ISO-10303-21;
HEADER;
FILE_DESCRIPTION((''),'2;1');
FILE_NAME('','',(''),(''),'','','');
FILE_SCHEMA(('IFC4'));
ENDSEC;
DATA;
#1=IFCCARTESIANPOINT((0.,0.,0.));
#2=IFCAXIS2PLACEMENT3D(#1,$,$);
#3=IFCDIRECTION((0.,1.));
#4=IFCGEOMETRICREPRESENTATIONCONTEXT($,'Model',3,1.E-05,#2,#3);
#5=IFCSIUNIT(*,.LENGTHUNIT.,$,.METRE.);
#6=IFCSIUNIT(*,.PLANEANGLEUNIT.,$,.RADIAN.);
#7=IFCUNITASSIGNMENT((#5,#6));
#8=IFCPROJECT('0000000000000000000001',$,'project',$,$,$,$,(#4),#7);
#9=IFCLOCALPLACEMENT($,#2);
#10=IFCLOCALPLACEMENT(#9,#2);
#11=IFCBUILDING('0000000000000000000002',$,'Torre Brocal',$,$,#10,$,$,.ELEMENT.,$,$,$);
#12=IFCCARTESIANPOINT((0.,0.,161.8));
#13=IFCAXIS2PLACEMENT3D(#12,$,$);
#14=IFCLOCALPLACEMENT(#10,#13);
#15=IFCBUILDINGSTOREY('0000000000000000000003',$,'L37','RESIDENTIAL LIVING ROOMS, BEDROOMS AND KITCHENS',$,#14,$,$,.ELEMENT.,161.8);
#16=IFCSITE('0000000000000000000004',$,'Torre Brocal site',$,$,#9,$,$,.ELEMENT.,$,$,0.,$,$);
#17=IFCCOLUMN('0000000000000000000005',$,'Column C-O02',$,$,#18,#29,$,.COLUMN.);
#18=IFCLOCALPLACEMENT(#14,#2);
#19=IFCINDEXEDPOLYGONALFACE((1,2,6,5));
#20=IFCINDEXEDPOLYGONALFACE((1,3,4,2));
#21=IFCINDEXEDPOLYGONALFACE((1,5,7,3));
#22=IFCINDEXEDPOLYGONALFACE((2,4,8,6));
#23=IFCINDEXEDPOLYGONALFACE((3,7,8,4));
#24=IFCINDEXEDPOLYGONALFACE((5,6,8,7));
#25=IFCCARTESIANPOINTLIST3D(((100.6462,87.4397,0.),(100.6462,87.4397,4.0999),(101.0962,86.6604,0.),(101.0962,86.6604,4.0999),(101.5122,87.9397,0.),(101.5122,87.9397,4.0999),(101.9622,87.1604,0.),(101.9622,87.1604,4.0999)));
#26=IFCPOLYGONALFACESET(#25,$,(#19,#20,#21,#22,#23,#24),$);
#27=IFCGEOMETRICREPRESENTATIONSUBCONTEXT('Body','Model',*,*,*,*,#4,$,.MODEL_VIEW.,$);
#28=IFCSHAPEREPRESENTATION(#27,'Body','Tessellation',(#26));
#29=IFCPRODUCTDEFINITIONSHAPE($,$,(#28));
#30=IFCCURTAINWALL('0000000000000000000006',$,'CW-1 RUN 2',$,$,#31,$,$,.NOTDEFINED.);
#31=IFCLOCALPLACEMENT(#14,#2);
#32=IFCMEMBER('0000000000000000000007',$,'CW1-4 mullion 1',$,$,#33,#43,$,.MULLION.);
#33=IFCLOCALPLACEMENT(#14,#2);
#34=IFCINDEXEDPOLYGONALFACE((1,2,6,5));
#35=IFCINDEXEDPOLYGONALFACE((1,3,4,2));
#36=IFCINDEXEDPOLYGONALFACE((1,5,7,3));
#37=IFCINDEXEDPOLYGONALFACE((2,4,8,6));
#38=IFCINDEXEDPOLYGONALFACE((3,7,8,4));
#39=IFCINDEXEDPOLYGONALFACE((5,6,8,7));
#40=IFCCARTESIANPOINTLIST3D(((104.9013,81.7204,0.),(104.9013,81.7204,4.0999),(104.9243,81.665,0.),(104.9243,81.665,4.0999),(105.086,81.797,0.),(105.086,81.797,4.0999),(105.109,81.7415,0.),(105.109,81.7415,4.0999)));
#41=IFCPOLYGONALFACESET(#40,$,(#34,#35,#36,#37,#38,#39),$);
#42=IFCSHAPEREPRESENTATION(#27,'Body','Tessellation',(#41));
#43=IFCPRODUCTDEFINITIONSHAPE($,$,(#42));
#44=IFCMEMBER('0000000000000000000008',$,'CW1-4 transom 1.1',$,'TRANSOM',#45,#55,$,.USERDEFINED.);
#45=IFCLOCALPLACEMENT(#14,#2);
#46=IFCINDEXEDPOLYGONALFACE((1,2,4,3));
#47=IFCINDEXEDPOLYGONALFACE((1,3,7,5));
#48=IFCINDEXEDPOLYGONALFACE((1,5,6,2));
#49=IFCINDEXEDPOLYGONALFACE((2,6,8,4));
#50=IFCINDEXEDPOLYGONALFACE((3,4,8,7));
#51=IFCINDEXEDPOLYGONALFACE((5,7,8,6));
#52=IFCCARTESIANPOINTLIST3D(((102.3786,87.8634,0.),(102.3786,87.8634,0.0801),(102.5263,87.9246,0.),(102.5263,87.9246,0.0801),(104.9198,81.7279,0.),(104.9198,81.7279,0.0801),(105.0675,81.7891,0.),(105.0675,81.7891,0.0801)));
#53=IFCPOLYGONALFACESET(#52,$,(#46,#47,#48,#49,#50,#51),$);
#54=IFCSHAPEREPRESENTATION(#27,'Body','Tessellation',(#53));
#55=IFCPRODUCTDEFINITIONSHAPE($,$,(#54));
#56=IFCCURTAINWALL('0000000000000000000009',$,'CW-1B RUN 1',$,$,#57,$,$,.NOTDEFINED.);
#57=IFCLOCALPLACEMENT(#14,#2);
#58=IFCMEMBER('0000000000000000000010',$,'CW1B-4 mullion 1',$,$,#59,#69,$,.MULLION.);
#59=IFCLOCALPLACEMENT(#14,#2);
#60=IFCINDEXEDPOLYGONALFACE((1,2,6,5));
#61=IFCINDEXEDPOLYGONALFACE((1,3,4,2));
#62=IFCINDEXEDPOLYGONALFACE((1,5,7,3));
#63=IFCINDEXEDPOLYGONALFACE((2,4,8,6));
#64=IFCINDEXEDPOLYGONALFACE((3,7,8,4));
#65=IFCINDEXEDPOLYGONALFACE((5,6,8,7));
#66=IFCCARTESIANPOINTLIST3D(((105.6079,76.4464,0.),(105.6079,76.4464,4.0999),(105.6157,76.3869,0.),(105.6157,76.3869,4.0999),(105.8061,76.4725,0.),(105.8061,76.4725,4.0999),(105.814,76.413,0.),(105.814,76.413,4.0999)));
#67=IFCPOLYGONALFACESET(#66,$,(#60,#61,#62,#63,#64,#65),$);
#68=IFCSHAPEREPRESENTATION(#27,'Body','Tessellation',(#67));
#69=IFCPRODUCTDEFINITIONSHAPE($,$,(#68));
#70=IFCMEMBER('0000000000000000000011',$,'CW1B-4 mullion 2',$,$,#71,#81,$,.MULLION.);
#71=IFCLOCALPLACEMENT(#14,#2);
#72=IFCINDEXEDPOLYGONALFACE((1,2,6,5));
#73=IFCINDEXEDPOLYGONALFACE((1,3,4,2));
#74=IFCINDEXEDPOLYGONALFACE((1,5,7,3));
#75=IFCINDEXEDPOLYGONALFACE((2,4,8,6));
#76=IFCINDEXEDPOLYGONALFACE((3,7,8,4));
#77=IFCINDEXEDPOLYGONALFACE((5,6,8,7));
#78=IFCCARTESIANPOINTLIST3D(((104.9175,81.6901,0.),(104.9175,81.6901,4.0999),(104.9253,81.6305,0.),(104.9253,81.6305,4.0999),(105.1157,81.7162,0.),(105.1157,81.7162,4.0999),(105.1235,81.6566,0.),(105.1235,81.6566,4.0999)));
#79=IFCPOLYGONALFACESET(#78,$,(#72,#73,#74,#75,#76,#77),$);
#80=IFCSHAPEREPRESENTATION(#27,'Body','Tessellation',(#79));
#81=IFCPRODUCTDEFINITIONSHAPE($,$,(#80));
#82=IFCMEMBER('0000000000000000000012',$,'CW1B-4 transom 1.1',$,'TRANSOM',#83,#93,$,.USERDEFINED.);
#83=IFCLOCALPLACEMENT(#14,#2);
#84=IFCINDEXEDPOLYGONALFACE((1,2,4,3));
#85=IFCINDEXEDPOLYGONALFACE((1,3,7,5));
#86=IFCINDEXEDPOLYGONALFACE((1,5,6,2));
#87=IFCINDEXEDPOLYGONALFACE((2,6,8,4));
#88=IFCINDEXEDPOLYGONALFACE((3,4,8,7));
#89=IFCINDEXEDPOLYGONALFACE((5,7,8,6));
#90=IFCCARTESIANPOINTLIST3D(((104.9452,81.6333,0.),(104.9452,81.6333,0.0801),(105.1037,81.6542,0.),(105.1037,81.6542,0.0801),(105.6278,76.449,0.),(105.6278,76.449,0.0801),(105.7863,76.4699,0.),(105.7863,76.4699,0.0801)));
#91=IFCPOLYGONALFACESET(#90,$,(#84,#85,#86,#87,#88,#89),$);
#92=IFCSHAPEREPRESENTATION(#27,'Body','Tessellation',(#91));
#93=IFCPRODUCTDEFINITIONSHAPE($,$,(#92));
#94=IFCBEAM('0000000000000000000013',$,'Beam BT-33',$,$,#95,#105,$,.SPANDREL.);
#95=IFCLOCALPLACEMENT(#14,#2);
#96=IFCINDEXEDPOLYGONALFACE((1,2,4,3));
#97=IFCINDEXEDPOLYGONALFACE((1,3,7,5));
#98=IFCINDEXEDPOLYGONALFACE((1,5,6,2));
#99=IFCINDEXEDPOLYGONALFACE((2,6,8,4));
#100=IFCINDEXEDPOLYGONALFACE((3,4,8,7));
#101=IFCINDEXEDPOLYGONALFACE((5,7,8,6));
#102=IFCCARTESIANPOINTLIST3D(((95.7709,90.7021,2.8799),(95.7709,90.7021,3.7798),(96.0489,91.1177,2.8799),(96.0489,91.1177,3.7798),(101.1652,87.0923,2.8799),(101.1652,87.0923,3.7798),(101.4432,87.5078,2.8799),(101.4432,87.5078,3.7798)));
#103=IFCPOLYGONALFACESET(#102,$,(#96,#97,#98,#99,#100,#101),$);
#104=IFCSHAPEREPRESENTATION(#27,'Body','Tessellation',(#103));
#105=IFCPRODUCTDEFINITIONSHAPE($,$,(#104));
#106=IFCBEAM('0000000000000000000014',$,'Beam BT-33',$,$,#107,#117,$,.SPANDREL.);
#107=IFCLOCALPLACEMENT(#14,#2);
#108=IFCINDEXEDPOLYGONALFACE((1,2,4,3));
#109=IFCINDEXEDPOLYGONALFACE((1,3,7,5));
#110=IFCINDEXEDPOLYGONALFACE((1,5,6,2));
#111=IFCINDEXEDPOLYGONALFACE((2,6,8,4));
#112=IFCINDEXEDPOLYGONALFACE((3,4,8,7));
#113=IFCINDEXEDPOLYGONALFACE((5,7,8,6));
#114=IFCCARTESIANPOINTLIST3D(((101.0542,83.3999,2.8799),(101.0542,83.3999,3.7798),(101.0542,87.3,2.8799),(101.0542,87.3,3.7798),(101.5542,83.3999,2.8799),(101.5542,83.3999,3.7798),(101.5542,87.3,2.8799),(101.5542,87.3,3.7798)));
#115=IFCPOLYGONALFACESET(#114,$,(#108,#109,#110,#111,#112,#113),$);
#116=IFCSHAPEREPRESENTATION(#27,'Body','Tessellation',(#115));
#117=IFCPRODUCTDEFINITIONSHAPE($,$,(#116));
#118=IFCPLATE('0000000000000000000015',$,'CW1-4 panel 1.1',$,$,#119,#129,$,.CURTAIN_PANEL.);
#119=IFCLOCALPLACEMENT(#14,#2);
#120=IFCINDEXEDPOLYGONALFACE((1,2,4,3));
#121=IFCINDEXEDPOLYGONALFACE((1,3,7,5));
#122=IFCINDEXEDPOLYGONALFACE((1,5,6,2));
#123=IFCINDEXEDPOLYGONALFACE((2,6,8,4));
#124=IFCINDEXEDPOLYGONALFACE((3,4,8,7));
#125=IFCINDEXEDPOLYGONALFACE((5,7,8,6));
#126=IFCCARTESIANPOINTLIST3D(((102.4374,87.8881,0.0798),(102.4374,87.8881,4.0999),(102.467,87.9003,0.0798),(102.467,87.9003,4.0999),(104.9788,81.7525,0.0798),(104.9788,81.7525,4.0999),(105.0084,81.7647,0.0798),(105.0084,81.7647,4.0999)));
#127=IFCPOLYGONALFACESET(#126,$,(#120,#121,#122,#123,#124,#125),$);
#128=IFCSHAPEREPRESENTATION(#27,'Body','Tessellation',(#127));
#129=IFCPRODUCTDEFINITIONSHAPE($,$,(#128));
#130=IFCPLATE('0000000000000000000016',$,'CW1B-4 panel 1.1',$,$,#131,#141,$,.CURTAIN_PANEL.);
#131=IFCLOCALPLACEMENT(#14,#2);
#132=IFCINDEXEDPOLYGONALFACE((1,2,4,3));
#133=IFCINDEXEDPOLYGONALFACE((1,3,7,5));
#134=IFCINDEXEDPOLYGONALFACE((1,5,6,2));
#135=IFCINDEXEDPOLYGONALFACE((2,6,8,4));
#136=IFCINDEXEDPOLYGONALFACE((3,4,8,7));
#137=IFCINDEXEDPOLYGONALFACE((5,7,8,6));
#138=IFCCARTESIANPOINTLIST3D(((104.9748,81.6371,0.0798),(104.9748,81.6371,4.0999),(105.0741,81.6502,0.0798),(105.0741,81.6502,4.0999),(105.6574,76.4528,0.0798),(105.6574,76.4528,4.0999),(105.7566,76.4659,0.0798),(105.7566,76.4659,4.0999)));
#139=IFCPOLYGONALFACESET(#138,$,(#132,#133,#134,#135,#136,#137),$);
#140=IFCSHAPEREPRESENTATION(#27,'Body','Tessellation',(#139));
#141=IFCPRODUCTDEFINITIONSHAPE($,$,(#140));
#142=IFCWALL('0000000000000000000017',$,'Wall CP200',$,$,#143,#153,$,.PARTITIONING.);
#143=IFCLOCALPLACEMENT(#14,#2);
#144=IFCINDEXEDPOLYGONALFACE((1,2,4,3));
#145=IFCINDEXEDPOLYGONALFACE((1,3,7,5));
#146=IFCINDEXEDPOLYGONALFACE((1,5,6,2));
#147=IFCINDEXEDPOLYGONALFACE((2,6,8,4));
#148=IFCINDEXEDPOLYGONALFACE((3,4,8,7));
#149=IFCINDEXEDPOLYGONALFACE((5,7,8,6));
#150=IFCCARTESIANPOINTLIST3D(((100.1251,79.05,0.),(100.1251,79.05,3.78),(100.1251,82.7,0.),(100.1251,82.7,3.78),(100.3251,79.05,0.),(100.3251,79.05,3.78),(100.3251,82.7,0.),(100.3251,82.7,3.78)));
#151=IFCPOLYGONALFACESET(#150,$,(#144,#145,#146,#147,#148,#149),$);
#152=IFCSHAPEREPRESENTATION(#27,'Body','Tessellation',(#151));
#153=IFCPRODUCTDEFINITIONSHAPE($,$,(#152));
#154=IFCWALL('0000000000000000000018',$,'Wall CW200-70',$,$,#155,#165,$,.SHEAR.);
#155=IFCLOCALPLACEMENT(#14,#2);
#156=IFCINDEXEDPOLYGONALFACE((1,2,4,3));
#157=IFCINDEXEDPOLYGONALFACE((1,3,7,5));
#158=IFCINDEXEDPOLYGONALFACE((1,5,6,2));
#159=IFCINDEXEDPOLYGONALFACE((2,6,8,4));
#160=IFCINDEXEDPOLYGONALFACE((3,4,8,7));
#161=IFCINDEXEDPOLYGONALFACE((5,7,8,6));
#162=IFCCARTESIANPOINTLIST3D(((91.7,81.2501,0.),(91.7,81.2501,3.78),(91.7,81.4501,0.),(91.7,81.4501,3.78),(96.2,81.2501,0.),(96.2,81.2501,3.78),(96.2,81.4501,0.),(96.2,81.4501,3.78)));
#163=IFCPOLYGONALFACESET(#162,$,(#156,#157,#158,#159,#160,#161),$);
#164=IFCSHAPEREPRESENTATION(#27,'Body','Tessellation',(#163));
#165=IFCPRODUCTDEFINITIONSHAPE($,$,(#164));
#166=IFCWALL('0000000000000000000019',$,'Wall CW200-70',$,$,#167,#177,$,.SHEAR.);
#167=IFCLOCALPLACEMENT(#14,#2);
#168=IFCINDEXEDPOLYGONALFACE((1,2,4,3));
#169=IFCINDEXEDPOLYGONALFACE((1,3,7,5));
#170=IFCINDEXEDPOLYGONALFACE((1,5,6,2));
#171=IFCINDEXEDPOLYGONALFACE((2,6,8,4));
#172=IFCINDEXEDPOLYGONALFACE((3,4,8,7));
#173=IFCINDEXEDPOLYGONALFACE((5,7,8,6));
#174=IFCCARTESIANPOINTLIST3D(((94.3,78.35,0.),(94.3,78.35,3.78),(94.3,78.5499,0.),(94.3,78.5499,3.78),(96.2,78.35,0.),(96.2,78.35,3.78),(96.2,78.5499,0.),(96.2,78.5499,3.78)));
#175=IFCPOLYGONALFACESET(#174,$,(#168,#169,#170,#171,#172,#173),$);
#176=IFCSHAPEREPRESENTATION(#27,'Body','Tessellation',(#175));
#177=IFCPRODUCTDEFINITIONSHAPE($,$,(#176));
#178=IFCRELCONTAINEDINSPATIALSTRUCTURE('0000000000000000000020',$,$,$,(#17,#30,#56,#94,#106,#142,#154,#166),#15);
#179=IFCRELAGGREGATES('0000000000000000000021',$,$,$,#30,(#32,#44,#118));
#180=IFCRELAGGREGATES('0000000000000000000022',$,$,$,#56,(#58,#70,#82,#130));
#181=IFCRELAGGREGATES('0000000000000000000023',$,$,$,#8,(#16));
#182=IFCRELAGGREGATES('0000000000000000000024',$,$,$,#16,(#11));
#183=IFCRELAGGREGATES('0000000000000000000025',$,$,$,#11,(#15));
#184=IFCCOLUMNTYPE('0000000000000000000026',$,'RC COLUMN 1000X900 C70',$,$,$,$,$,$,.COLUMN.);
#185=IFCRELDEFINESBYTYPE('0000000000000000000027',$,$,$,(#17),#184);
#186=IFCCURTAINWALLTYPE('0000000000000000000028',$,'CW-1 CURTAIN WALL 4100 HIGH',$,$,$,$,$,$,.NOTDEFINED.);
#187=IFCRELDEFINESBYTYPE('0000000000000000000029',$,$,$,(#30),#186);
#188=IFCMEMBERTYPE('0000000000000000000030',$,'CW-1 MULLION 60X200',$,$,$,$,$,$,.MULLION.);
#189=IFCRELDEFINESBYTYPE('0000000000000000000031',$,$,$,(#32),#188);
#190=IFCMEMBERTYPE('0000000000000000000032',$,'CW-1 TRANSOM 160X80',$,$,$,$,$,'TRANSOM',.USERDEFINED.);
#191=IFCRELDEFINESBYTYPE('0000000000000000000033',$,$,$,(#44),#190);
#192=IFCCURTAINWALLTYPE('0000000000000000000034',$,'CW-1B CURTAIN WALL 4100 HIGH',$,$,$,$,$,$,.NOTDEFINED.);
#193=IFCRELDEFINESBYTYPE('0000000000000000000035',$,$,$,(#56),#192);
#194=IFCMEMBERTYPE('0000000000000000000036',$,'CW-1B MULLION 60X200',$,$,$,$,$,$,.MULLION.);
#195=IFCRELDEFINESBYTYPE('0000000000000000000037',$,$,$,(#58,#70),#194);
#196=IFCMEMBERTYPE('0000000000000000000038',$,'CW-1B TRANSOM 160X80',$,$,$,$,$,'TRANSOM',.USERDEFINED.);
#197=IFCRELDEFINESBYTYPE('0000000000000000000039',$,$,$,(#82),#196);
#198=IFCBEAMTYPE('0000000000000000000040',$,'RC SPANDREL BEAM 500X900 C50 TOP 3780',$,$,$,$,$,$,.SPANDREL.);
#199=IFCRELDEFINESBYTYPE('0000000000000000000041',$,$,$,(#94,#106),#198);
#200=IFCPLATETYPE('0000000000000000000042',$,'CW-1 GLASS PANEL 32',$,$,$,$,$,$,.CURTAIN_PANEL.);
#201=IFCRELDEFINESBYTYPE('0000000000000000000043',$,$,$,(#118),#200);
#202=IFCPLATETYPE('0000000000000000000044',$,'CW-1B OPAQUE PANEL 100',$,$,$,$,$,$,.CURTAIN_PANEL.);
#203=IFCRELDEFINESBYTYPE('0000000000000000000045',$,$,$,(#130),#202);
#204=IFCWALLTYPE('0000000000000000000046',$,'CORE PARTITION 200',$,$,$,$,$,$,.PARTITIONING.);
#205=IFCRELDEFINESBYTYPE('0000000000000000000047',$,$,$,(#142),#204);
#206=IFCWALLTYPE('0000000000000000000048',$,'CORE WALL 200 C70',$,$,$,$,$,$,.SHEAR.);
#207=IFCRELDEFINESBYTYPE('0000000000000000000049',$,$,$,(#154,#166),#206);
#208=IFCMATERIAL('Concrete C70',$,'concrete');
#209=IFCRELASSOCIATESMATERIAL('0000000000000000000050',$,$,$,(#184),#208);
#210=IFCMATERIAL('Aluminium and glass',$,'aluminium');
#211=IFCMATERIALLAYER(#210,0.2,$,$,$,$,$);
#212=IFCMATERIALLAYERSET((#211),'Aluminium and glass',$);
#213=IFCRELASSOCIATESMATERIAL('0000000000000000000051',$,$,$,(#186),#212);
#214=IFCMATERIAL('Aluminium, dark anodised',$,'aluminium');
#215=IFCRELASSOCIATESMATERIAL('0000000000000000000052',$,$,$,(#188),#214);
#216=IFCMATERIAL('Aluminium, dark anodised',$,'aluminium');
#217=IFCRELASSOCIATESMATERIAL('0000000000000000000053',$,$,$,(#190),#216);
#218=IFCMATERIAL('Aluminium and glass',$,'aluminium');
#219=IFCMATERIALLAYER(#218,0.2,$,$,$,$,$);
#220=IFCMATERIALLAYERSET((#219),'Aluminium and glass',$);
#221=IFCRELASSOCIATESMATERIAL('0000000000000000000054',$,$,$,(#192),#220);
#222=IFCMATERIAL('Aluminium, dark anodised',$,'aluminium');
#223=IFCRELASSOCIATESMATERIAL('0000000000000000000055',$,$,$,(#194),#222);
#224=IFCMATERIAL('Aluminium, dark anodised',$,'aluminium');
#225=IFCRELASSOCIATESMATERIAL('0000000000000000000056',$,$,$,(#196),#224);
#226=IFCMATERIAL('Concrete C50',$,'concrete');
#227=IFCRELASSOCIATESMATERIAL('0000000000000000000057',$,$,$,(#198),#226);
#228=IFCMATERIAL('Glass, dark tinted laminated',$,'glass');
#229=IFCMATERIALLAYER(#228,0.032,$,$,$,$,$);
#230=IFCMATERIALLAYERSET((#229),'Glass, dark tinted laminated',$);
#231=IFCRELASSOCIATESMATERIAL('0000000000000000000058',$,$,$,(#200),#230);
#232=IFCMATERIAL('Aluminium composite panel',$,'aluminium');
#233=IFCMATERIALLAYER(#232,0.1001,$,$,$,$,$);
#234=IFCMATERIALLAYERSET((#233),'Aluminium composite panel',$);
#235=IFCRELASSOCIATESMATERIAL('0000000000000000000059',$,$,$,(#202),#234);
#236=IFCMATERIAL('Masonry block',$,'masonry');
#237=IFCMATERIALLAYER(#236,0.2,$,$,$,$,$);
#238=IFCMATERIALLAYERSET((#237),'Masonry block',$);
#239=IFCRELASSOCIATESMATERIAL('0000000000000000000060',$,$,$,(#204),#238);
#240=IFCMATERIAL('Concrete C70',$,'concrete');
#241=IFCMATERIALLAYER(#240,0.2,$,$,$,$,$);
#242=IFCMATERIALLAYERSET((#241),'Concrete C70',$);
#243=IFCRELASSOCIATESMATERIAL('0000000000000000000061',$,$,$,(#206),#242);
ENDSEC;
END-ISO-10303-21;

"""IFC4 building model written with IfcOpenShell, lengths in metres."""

from ifc_helpers import new_model, si_unit, direction, frame, frame_2d, origin, origin_2d, place, context, subcontext, project, spatial, rectangle, extrude, material, layer, layer_set, material_profile, profile_set, type_object, element, aggregate, save


model = new_model("IFC4")

# Units and contexts
model_context = context("Model", 3, precision=1e-05, world=origin(), true_north=direction((0.0, 1.0)))
body_context = subcontext(model_context, "Body", "Model", "MODEL_VIEW")
ifc_project = project(units=[si_unit("LENGTHUNIT", "METRE"), si_unit("PLANEANGLEUNIT", "RADIAN")], contexts=[model_context])

# Site, building, storey
site_placement = place(None, origin())
site = spatial("IfcSite", under=ifc_project, at=site_placement, Name="Torre Brocal site", CompositionType="ELEMENT", RefElevation=0.0)
building_placement = place(site_placement, origin())
building = spatial("IfcBuilding", under=site, at=building_placement, Name="Torre Brocal", CompositionType="ELEMENT")
storey_placement = place(building_placement, frame((0.0, 0.0, 161.8)))
storey = spatial("IfcBuildingStorey", under=building, at=storey_placement, Name="L37", Description="RESIDENTIAL LIVING ROOMS, BEDROOMS AND KITCHENS", CompositionType="ELEMENT", Elevation=161.8)

# Column
ifc_material_1 = material(Name="Concrete C70", Category="concrete")
ifc_material_profile_1 = material_profile(ifc_material_1, rectangle(XDim=1.0, YDim=0.8999, at=origin_2d()), Name="RC 1000X900")
ifc_profile_set_1 = profile_set([ifc_material_profile_1], Name="Concrete C70")
column_type = type_object("IfcColumnType", Name="RC COLUMN 1000X900 C70", PredefinedType="COLUMN", material=ifc_profile_set_1)
column_placement = place(storey_placement, frame((101.3042, 87.3, 0.0), z_axis=(0.0, 0.0, 1.0), x_axis=(0.866025, 0.5, 0.0)))
element("IfcColumn", 1, at=column_placement, inside=storey, type_object=column_type, Name="Column C-O02", PredefinedType="COLUMN", context=body_context, shape_type="SweptSolid", body=[
    extrude(rectangle(XDim=1.0, YDim=0.8999, at=origin_2d()), origin(), (0.0, 0.0, 1.0), 4.0999),
])

# Curtain walls, members
ifc_material_2 = material(Name="Aluminium and glass", Category="aluminium")
ifc_layer_1 = layer(ifc_material_2, 0.2)
ifc_layer_set_1 = layer_set([ifc_layer_1], Name="Aluminium and glass")
curtain_wall_type_1 = type_object("IfcCurtainWallType", Name="CW-1 CURTAIN WALL 4100 HIGH", PredefinedType="NOTDEFINED", material=ifc_layer_set_1)
curtain_wall_1_placement = place(storey_placement, origin())
curtain_wall_1 = element("IfcCurtainWall", 2, at=curtain_wall_1_placement, inside=storey, type_object=curtain_wall_type_1, Name="CW-1 RUN 2", PredefinedType="NOTDEFINED")
ifc_material_3 = material(Name="Aluminium, dark anodised", Category="aluminium")
ifc_material_profile_2 = material_profile(ifc_material_3, rectangle(XDim=0.2, YDim=0.0601, at=origin_2d()), Name="CW-1 MULLION 60X200")
ifc_profile_set_2 = profile_set([ifc_material_profile_2], Name="Aluminium, dark anodised")
member_type_1 = type_object("IfcMemberType", Name="CW-1 MULLION 60X200", PredefinedType="MULLION", material=ifc_profile_set_2)
member_1_placement = place(storey_placement, frame((105.0051, 81.731, 0.0), z_axis=(0.0, 0.0, 1.0), x_axis=(-0.92388, -0.382683, 0.0)))
member_1 = element("IfcMember", 3, at=member_1_placement, type_object=member_type_1, Name="CW1-4 mullion 1", PredefinedType="MULLION", context=body_context, shape_type="SweptSolid", body=[
    extrude(rectangle(XDim=0.2, YDim=0.0601, at=origin_2d()), origin(), (0.0, 0.0, 1.0), 4.0999),
])
ifc_material_4 = material(Name="Aluminium, dark anodised", Category="aluminium")
ifc_material_profile_3 = material_profile(ifc_material_4, rectangle(XDim=0.1599, YDim=0.0801, at=origin_2d()), Name="CW-1 TRANSOM 160X80")
ifc_profile_set_3 = profile_set([ifc_material_profile_3], Name="Aluminium, dark anodised")
member_type_2 = type_object("IfcMemberType", Name="CW-1 TRANSOM 160X80", ElementType="TRANSOM", PredefinedType="USERDEFINED", material=ifc_profile_set_3)
member_2_placement = place(storey_placement, frame((104.9937, 81.7585, 0.04), z_axis=(-0.382665, 0.923887, 0.0), x_axis=(-0.923887, -0.382665, 0.0)))
member_2 = element("IfcMember", 4, at=member_2_placement, type_object=member_type_2, Name="CW1-4 transom 1.1", ObjectType="TRANSOM", PredefinedType="USERDEFINED", context=body_context, shape_type="SweptSolid", body=[
    extrude(rectangle(XDim=0.1599, YDim=0.0801, at=origin_2d()), origin(), (0.0, 0.0, 1.0), 6.6409),
])
ifc_material_5 = material(Name="Aluminium and glass", Category="aluminium")
ifc_layer_2 = layer(ifc_material_5, 0.2)
ifc_layer_set_2 = layer_set([ifc_layer_2], Name="Aluminium and glass")
curtain_wall_type_2 = type_object("IfcCurtainWallType", Name="CW-1B CURTAIN WALL 4100 HIGH", PredefinedType="NOTDEFINED", material=ifc_layer_set_2)
curtain_wall_2_placement = place(storey_placement, origin())
curtain_wall_2 = element("IfcCurtainWall", 5, at=curtain_wall_2_placement, inside=storey, type_object=curtain_wall_type_2, Name="CW-1B RUN 1", PredefinedType="NOTDEFINED")
ifc_material_6 = material(Name="Aluminium, dark anodised", Category="aluminium")
ifc_material_profile_4 = material_profile(ifc_material_6, rectangle(XDim=0.2, YDim=0.0601, at=origin_2d()), Name="CW-1B MULLION 60X200")
ifc_profile_set_4 = profile_set([ifc_material_profile_4], Name="Aluminium, dark anodised")
member_type_3 = type_object("IfcMemberType", Name="CW-1B MULLION 60X200", PredefinedType="MULLION", material=ifc_profile_set_4)
member_3_placement = place(storey_placement, frame((105.7109, 76.4297, 0.0), z_axis=(0.0, 0.0, 1.0), x_axis=(-0.991445, -0.130526, 0.0)))
member_3 = element("IfcMember", 6, at=member_3_placement, type_object=member_type_3, Name="CW1B-4 mullion 1", PredefinedType="MULLION", context=body_context, shape_type="SweptSolid", body=[
    extrude(rectangle(XDim=0.2, YDim=0.0601, at=origin_2d()), origin(), (0.0, 0.0, 1.0), 4.0999),
])
member_4_placement = place(storey_placement, frame((105.0205, 81.6733, 0.0), z_axis=(0.0, 0.0, 1.0), x_axis=(-0.991445, -0.130526, 0.0)))
member_4 = element("IfcMember", 7, at=member_4_placement, type_object=member_type_3, Name="CW1B-4 mullion 2", PredefinedType="MULLION", context=body_context, shape_type="SweptSolid", body=[
    extrude(rectangle(XDim=0.2, YDim=0.0601, at=origin_2d()), origin(), (0.0, 0.0, 1.0), 4.0999),
])
ifc_material_7 = material(Name="Aluminium, dark anodised", Category="aluminium")
ifc_material_profile_5 = material_profile(ifc_material_7, rectangle(XDim=0.1599, YDim=0.0801, at=origin_2d()), Name="CW-1B TRANSOM 160X80")
ifc_profile_set_5 = profile_set([ifc_material_profile_5], Name="Aluminium, dark anodised")
member_type_4 = type_object("IfcMemberType", Name="CW-1B TRANSOM 160X80", ElementType="TRANSOM", PredefinedType="USERDEFINED", material=ifc_profile_set_5)
member_5_placement = place(storey_placement, frame((105.707, 76.4595, 0.04), z_axis=(-0.130543, 0.991443, 0.0), x_axis=(-0.991443, -0.130543, 0.0)))
member_5 = element("IfcMember", 8, at=member_5_placement, type_object=member_type_4, Name="CW1B-4 transom 1.1", ObjectType="TRANSOM", PredefinedType="USERDEFINED", context=body_context, shape_type="SweptSolid", body=[
    extrude(rectangle(XDim=0.1599, YDim=0.0801, at=origin_2d()), origin(), (0.0, 0.0, 1.0), 5.229),
])

# Beams
ifc_material_8 = material(Name="Concrete C50", Category="concrete")
ifc_material_profile_6 = material_profile(ifc_material_8, rectangle(XDim=0.5, YDim=0.8999, at=origin_2d()), Name="RC 500X900")
ifc_profile_set_6 = profile_set([ifc_material_profile_6], Name="Concrete C50")
beam_type = type_object("IfcBeamType", Name="RC SPANDREL BEAM 500X900 C50 TOP 3780", PredefinedType="SPANDREL", material=ifc_profile_set_6)
beam_1_placement = place(storey_placement, frame((101.3042, 87.3, 3.3298), z_axis=(-0.831077, 0.556158, 0.0), x_axis=(-0.556158, -0.831077, 0.0)))
element("IfcBeam", 9, at=beam_1_placement, inside=storey, type_object=beam_type, Name="Beam BT-33", PredefinedType="SPANDREL", context=body_context, shape_type="SweptSolid", body=[
    extrude(rectangle(XDim=0.5, YDim=0.8999, at=origin_2d()), origin(), (0.0, 0.0, 1.0), 6.4907),
])
beam_2_placement = place(storey_placement, frame((101.3042, 87.3, 3.3298), z_axis=(0.0, -1.0, 0.0), x_axis=(1.0, 0.0, 0.0)))
element("IfcBeam", 10, at=beam_2_placement, inside=storey, type_object=beam_type, Name="Beam BT-33", PredefinedType="SPANDREL", context=body_context, shape_type="SweptSolid", body=[
    extrude(rectangle(XDim=0.5, YDim=0.8999, at=origin_2d()), origin(), (0.0, 0.0, 1.0), 3.9001),
])

# Plates
ifc_material_9 = material(Name="Glass, dark tinted laminated", Category="glass")
ifc_layer_3 = layer(ifc_material_9, 0.032)
ifc_layer_set_3 = layer_set([ifc_layer_3], Name="Glass, dark tinted laminated")
plate_type_1 = type_object("IfcPlateType", Name="CW-1 GLASS PANEL 32", PredefinedType="CURTAIN_PANEL", material=ifc_layer_set_3)
plate_1_placement = place(storey_placement, frame((103.7229, 84.8264, 0.0798), z_axis=(0.0, 0.0, 1.0), x_axis=(-0.382683, 0.92388, 0.0)))
plate_1 = element("IfcPlate", 11, at=plate_1_placement, type_object=plate_type_1, Name="CW1-4 panel 1.1", PredefinedType="CURTAIN_PANEL", context=body_context, shape_type="SweptSolid", body=[
    extrude(rectangle(XDim=6.6411, YDim=0.032, at=origin_2d()), origin(), (0.0, 0.0, 1.0), 4.02),
])
aggregate(curtain_wall_1, [member_1, member_2, plate_1])
ifc_material_10 = material(Name="Aluminium composite panel", Category="aluminium")
ifc_layer_4 = layer(ifc_material_10, 0.1001)
ifc_layer_set_4 = layer_set([ifc_layer_4], Name="Aluminium composite panel")
plate_type_2 = type_object("IfcPlateType", Name="CW-1B OPAQUE PANEL 100", PredefinedType="CURTAIN_PANEL", material=ifc_layer_set_4)
plate_2_placement = place(storey_placement, frame((105.3657, 79.0515, 0.0798), z_axis=(0.0, 0.0, 1.0), x_axis=(-0.130526, 0.991445, 0.0)))
plate_2 = element("IfcPlate", 12, at=plate_2_placement, type_object=plate_type_2, Name="CW1B-4 panel 1.1", PredefinedType="CURTAIN_PANEL", context=body_context, shape_type="SweptSolid", body=[
    extrude(rectangle(XDim=5.229, YDim=0.1001, at=origin_2d()), origin(), (0.0, 0.0, 1.0), 4.02),
])
aggregate(curtain_wall_2, [member_3, member_4, member_5, plate_2])

# Walls
ifc_material_11 = material(Name="Masonry block", Category="masonry")
ifc_layer_5 = layer(ifc_material_11, 0.2)
ifc_layer_set_5 = layer_set([ifc_layer_5], Name="Masonry block")
wall_type_1 = type_object("IfcWallType", Name="CORE PARTITION 200", PredefinedType="PARTITIONING", material=ifc_layer_set_5)
wall_1_placement = place(storey_placement, frame((100.2251, 79.05, 0.0), z_axis=(0.0, 0.0, 1.0), x_axis=(0.0, 1.0, 0.0)))
element("IfcWall", 13, at=wall_1_placement, inside=storey, type_object=wall_type_1, Name="Wall CP200", PredefinedType="PARTITIONING", context=body_context, shape_type="SweptSolid", body=[
    extrude(rectangle(XDim=3.6499, YDim=0.2, at=frame_2d((1.825, 0.0))), origin(), (0.0, 0.0, 1.0), 3.78),
])
ifc_material_12 = material(Name="Concrete C70", Category="concrete")
ifc_layer_6 = layer(ifc_material_12, 0.2)
ifc_layer_set_6 = layer_set([ifc_layer_6], Name="Concrete C70")
wall_type_2 = type_object("IfcWallType", Name="CORE WALL 200 C70", PredefinedType="SHEAR", material=ifc_layer_set_6)
wall_2_placement = place(storey_placement, frame((91.7, 81.3501, 0.0), z_axis=(0.0, 0.0, 1.0), x_axis=(1.0, 0.0, 0.0)))
element("IfcWall", 14, at=wall_2_placement, inside=storey, type_object=wall_type_2, Name="Wall CW200-70", PredefinedType="SHEAR", context=body_context, shape_type="SweptSolid", body=[
    extrude(rectangle(XDim=4.5, YDim=0.2, at=frame_2d((2.25, 0.0))), origin(), (0.0, 0.0, 1.0), 3.78),
])
wall_3_placement = place(storey_placement, frame((94.3, 78.45, 0.0), z_axis=(0.0, 0.0, 1.0), x_axis=(1.0, 0.0, 0.0)))
element("IfcWall", 15, at=wall_3_placement, inside=storey, type_object=wall_type_2, Name="Wall CW200-70", PredefinedType="SHEAR", context=body_context, shape_type="SweptSolid", body=[
    extrude(rectangle(XDim=1.8999, YDim=0.2, at=frame_2d((0.95, 0.0))), origin(), (0.0, 0.0, 1.0), 3.78),
])

save(model, "model.ifc")
